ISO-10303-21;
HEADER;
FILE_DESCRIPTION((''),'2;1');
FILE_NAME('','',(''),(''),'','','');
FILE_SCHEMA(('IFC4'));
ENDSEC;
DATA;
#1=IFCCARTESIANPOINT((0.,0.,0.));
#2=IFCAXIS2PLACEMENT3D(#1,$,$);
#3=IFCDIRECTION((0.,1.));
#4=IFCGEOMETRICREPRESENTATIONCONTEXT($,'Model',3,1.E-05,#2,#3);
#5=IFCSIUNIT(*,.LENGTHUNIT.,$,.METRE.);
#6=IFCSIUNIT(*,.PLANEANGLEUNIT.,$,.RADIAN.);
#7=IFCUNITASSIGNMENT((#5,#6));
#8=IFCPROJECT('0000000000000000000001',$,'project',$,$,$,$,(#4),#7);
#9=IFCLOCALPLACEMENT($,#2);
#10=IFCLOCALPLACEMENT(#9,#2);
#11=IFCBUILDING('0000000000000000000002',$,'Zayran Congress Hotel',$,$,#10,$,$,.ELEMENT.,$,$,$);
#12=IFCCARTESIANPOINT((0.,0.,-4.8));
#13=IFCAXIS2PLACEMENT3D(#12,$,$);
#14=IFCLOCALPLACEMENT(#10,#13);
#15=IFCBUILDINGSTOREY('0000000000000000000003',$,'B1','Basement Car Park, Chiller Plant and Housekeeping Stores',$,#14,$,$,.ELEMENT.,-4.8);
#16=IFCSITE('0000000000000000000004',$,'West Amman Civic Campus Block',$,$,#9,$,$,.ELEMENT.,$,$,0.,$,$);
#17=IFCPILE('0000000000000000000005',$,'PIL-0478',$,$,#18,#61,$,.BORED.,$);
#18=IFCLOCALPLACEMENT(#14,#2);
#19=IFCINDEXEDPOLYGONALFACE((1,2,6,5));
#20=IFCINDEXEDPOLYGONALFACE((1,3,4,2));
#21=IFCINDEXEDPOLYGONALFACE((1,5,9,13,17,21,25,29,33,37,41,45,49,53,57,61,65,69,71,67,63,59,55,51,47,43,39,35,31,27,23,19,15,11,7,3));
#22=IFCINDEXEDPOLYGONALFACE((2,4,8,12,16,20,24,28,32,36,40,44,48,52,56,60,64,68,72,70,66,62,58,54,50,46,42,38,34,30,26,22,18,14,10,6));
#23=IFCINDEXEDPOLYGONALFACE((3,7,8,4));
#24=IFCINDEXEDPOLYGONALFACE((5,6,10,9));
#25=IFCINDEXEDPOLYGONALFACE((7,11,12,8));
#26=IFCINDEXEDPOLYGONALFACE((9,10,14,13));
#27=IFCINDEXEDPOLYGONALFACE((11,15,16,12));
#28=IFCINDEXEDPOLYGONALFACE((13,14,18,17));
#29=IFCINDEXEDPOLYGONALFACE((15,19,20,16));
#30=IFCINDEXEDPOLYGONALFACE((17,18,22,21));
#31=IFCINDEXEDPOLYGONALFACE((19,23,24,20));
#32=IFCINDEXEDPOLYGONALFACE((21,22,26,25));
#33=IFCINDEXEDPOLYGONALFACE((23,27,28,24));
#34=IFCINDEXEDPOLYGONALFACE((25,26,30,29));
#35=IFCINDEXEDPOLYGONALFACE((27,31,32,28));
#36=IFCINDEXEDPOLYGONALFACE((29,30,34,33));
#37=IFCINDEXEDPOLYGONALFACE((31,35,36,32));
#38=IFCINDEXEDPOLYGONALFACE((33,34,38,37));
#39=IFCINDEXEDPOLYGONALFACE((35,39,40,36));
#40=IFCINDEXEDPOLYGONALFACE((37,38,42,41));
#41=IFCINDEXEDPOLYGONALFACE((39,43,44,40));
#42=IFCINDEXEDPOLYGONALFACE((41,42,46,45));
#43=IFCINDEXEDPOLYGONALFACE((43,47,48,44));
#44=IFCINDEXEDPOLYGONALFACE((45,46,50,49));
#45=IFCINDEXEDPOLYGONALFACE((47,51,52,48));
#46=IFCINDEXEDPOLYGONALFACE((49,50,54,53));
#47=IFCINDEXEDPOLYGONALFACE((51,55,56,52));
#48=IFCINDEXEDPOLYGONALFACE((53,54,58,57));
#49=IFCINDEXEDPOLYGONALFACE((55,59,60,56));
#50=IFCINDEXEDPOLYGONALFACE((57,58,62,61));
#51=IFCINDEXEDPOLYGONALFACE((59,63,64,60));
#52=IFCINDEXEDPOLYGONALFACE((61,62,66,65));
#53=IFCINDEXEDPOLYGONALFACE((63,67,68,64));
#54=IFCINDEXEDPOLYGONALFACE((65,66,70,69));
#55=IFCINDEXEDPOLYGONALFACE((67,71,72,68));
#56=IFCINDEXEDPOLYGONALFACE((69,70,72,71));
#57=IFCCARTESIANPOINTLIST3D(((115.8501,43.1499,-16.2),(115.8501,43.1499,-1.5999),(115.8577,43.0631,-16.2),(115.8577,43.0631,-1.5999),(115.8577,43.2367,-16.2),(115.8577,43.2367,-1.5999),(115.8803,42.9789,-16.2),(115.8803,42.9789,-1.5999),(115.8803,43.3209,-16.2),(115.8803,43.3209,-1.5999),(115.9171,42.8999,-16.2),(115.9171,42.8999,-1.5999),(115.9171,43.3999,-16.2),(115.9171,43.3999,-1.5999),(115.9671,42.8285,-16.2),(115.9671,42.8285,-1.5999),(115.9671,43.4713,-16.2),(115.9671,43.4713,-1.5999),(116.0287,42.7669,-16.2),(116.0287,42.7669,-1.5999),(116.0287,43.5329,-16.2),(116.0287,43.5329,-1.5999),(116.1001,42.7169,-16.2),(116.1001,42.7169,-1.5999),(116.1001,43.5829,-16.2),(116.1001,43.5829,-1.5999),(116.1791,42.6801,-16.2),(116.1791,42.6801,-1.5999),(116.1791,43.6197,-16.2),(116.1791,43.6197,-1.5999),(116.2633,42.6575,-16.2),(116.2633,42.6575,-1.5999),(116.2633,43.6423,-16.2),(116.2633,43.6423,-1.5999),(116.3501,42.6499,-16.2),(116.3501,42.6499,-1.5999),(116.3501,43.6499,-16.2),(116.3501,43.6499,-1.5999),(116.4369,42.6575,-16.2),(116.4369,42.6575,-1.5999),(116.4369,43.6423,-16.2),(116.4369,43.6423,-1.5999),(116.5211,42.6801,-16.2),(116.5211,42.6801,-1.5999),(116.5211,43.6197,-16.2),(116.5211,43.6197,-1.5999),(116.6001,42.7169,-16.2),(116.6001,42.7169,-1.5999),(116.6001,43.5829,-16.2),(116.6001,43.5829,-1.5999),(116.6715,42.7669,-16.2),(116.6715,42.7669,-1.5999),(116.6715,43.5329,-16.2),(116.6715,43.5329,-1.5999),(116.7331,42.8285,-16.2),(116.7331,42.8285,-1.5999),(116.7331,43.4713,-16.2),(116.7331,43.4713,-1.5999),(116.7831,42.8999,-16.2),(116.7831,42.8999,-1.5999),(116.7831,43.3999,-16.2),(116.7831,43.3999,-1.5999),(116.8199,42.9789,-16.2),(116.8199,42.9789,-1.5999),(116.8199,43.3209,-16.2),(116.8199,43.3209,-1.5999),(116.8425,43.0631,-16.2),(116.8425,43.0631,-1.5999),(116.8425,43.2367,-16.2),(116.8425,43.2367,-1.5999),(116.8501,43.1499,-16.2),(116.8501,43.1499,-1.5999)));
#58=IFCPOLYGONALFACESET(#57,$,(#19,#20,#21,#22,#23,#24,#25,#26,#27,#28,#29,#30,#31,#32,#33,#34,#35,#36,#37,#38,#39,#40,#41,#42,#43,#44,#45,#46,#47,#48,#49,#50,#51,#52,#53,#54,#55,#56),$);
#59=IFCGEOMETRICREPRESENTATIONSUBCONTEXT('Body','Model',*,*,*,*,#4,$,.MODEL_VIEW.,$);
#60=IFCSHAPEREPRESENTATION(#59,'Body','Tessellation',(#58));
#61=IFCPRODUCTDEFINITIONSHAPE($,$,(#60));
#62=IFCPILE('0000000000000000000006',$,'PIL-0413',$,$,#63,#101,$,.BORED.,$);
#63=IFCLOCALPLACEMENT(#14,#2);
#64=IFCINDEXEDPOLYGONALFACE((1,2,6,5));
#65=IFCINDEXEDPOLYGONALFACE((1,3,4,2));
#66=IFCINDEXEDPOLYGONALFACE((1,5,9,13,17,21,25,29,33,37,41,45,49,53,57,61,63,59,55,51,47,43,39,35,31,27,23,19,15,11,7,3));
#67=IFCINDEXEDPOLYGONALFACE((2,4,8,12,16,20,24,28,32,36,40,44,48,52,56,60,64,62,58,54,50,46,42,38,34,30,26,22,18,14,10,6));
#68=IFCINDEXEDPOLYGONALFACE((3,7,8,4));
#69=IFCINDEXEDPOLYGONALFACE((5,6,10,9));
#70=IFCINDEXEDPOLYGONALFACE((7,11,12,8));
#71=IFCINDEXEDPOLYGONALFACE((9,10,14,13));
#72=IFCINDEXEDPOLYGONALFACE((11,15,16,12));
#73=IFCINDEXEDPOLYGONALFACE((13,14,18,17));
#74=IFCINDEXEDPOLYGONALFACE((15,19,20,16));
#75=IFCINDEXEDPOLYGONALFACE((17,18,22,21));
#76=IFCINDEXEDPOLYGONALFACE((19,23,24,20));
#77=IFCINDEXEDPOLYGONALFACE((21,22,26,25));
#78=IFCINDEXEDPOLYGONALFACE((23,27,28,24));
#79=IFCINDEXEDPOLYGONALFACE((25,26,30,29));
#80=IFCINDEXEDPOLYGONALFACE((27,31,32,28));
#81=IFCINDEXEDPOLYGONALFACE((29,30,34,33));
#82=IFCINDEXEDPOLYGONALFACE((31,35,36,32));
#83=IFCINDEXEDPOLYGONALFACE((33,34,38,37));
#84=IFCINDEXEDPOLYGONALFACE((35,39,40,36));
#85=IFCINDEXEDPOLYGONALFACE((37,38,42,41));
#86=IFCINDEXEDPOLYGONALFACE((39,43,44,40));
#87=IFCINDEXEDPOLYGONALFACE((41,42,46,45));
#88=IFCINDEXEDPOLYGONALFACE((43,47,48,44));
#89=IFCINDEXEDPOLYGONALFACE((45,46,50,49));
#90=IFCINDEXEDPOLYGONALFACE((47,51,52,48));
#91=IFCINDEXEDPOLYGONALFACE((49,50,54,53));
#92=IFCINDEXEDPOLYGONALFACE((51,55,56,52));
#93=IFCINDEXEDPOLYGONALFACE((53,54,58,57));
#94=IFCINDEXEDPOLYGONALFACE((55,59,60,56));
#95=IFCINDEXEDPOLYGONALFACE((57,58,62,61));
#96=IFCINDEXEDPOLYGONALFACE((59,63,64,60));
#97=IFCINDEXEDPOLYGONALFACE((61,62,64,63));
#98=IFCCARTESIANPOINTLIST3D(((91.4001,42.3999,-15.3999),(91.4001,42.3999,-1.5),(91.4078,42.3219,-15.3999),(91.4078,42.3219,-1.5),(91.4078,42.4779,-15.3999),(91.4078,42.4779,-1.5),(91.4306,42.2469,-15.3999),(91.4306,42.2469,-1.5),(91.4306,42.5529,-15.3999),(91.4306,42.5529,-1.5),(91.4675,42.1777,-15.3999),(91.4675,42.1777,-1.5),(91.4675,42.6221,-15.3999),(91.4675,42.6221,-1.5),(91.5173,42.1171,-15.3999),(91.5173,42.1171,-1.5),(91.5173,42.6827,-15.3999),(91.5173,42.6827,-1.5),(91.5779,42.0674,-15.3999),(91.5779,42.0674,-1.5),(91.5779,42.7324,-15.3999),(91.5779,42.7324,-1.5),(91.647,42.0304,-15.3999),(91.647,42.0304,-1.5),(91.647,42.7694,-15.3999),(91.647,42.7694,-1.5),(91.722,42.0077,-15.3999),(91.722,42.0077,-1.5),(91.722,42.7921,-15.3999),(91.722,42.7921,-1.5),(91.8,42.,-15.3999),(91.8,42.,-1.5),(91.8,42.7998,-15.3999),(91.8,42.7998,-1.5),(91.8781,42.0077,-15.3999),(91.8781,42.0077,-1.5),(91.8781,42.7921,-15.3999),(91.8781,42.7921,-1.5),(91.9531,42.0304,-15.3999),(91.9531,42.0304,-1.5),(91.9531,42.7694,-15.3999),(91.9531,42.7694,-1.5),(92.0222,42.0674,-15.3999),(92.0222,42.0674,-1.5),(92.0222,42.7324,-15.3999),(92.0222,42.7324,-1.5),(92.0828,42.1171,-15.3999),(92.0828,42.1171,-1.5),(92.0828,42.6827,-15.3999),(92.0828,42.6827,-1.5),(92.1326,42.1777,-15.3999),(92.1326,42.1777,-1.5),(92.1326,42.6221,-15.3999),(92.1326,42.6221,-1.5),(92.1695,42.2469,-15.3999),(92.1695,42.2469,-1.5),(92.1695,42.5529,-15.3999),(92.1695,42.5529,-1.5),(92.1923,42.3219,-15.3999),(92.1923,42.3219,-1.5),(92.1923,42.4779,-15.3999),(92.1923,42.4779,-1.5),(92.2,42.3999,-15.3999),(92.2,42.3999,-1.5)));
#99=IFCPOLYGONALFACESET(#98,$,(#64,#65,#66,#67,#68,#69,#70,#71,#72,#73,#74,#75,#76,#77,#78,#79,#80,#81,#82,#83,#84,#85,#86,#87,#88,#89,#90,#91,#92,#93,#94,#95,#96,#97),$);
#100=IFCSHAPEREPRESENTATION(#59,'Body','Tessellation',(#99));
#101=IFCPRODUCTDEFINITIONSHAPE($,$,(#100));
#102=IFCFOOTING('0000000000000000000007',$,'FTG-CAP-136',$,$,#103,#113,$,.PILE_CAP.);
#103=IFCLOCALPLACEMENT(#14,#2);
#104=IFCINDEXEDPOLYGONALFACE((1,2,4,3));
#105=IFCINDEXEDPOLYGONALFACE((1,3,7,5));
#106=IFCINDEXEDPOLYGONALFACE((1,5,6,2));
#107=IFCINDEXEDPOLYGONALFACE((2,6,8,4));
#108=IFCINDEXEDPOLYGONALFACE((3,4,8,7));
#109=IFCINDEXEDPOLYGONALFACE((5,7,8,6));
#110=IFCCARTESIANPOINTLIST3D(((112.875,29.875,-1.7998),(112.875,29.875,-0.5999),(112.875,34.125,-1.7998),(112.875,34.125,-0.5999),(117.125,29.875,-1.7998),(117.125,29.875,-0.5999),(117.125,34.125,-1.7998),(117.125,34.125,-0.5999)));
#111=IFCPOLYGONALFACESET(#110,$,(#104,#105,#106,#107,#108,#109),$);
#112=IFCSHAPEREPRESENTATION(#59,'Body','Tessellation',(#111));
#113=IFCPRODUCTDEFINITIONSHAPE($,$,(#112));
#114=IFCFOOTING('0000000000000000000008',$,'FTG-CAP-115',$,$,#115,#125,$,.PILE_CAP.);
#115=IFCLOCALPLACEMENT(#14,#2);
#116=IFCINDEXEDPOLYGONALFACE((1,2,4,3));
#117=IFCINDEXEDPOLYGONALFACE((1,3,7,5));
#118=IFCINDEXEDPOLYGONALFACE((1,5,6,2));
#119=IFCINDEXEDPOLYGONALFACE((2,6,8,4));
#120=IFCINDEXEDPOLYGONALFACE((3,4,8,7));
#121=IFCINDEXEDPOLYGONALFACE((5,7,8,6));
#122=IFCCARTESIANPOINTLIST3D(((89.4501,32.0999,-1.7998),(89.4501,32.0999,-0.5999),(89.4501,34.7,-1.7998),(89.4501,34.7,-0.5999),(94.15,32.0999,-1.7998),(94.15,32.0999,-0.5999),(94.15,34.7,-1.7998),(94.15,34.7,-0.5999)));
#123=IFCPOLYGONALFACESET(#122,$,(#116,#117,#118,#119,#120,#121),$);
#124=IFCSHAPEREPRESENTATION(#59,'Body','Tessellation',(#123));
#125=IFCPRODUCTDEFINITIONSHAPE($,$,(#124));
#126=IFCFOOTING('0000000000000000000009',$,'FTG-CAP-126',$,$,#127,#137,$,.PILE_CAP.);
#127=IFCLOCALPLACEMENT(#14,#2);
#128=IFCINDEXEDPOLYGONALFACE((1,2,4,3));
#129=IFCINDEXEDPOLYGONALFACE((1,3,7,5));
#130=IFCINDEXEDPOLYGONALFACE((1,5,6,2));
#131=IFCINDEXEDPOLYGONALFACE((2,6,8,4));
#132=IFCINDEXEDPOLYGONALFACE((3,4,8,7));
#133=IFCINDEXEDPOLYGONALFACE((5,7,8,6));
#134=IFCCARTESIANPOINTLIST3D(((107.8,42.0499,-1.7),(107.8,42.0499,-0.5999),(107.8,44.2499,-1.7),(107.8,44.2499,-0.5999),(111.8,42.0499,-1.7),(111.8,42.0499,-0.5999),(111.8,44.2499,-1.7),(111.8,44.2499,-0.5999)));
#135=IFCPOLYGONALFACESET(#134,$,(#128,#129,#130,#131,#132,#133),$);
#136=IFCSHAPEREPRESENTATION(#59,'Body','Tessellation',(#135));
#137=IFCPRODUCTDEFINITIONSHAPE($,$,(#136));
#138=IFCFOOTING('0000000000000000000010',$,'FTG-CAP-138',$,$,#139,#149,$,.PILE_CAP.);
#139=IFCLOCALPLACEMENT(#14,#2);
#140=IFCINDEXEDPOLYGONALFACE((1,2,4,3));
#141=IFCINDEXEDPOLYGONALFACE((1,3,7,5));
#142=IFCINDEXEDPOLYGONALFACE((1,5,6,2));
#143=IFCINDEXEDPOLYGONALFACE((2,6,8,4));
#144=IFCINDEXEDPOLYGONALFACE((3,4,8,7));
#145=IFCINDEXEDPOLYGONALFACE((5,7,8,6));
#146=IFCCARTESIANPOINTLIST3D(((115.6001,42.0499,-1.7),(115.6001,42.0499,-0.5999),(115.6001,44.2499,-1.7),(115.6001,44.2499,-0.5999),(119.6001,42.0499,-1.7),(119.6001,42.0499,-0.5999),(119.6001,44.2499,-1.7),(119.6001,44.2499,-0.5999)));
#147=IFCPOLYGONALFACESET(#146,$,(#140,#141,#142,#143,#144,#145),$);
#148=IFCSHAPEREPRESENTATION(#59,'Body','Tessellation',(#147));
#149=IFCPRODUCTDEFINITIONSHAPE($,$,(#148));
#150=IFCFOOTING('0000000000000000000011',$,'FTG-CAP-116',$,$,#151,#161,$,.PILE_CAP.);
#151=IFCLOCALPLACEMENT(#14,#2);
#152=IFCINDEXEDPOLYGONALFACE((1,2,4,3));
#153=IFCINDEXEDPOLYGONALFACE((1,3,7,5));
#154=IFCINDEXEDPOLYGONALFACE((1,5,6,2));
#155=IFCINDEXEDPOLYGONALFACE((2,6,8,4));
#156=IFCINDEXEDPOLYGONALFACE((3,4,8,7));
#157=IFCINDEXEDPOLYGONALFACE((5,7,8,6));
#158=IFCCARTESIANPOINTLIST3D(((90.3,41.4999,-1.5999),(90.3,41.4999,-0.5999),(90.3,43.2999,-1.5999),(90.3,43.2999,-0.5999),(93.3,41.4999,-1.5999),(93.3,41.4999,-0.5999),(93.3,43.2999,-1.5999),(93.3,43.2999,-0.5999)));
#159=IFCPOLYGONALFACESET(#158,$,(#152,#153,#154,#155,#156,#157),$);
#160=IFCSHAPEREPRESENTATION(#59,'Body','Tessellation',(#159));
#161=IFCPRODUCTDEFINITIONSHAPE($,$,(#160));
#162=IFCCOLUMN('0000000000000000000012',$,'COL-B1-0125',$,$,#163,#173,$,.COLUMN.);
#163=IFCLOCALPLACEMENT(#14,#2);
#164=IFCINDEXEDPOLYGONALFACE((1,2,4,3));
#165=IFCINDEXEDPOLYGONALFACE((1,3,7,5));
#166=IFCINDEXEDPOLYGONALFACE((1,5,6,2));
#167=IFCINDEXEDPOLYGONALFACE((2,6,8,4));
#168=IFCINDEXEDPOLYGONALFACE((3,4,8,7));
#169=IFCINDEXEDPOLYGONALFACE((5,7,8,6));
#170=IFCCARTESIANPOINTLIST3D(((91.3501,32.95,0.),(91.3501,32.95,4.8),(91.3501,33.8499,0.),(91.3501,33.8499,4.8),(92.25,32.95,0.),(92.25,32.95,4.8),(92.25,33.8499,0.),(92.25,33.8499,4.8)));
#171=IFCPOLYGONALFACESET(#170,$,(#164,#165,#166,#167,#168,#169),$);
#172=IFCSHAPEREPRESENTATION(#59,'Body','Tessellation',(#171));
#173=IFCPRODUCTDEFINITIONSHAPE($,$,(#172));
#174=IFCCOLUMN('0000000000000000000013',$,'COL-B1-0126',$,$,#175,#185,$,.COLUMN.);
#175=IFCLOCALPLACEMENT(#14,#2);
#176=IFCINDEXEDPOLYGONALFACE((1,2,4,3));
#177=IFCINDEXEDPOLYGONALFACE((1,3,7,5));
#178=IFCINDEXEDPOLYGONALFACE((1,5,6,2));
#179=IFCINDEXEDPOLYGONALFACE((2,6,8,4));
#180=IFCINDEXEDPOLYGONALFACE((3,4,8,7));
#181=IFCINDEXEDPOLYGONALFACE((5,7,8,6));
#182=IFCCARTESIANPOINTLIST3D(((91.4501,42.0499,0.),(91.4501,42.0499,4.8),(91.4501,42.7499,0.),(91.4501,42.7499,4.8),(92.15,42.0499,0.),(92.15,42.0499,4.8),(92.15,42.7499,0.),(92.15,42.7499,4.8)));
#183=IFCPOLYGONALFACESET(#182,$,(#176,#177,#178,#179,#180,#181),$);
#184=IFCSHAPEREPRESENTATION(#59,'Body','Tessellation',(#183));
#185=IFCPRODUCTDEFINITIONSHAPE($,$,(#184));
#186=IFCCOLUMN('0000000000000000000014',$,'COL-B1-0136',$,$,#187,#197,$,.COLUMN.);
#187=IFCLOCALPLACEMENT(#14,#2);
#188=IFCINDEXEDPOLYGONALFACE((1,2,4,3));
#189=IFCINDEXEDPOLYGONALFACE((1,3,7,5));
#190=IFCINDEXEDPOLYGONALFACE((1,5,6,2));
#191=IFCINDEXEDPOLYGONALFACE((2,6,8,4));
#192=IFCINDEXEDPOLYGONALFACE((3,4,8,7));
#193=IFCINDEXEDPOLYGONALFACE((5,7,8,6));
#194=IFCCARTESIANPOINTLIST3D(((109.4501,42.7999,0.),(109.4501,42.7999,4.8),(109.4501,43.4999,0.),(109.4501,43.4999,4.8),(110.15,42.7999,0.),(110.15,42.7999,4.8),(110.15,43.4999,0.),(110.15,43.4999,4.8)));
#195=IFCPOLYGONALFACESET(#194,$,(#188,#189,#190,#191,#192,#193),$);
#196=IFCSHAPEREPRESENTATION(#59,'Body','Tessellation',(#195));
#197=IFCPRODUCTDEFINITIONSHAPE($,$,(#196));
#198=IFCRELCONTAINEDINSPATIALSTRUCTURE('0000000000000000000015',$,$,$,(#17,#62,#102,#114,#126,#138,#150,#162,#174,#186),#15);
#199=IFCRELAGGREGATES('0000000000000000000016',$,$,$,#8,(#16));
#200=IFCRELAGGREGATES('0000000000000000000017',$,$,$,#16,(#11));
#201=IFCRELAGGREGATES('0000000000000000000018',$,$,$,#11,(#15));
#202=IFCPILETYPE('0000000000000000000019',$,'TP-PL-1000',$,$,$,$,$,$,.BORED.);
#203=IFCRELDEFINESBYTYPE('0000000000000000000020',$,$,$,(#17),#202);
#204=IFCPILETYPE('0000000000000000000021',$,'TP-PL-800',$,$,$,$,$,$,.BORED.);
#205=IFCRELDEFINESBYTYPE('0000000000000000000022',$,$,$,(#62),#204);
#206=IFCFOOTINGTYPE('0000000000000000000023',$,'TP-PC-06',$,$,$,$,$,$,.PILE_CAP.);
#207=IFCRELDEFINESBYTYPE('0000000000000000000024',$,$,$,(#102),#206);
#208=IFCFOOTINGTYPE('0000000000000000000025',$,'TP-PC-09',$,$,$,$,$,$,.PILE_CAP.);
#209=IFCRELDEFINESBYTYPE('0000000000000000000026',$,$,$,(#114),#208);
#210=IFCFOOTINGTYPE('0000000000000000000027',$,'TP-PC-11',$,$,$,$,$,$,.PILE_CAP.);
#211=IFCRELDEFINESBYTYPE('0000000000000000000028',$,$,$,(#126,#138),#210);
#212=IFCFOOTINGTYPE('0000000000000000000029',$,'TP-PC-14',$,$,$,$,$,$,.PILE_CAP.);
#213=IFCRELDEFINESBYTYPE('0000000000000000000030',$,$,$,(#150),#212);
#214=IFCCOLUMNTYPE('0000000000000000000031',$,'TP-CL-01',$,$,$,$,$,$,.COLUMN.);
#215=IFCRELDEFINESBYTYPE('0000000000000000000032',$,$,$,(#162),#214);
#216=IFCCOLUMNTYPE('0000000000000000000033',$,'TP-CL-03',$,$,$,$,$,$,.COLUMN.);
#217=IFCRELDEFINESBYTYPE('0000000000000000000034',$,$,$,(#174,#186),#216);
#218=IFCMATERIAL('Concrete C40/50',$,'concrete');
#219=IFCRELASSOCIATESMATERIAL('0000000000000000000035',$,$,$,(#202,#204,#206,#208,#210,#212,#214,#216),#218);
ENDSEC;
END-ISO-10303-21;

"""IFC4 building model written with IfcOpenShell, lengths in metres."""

from ifc_helpers import new_model, si_unit, direction, frame, origin, origin_2d, place, context, subcontext, project, spatial, rectangle, circle, extrude, material, material_profile, profile_set, type_object, element, save


model = new_model("IFC4")

# Units and contexts
model_context = context("Model", 3, precision=1e-05, world=origin(), true_north=direction((0.0, 1.0)))
body_context = subcontext(model_context, "Body", "Model", "MODEL_VIEW")
ifc_project = project(units=[si_unit("LENGTHUNIT", "METRE"), si_unit("PLANEANGLEUNIT", "RADIAN")], contexts=[model_context])

# Site, building, storey
site_placement = place(None, origin())
site = spatial("IfcSite", under=ifc_project, at=site_placement, Name="West Amman Civic Campus Block", CompositionType="ELEMENT", RefElevation=0.0)
building_placement = place(site_placement, origin())
building = spatial("IfcBuilding", under=site, at=building_placement, Name="Zayran Congress Hotel", CompositionType="ELEMENT")
storey_placement = place(building_placement, frame((0.0, 0.0, -4.8)))
storey = spatial("IfcBuildingStorey", under=building, at=storey_placement, Name="B1", Description="Basement Car Park, Chiller Plant and Housekeeping Stores", CompositionType="ELEMENT", Elevation=-4.8)

# Piles
ifc_material_1 = material(Name="Concrete C40/50", Category="concrete")
ifc_material_profile_1 = material_profile(ifc_material_1, circle(Radius=0.5, at=origin_2d()), Name="PILE D1000")
ifc_profile_set_1 = profile_set([ifc_material_profile_1], Name="Concrete C40/50")
pile_type_1 = type_object("IfcPileType", Name="TP-PL-1000", PredefinedType="BORED", material=ifc_profile_set_1)
pile_1_placement = place(storey_placement, frame((116.3501, 43.1499, -1.5999), z_axis=(0.0, 0.0, -1.0), x_axis=(1.0, 0.0, 0.0)))
element("IfcPile", 1, at=pile_1_placement, inside=storey, type_object=pile_type_1, Name="PIL-0478", PredefinedType="BORED", context=body_context, shape_type="SweptSolid", body=[
    extrude(circle(Radius=0.5, at=origin_2d()), origin(), (0.0, 0.0, 1.0), 14.6001),
])
ifc_material_profile_2 = material_profile(ifc_material_1, circle(Radius=0.3999, at=origin_2d()), Name="PILE D800")
ifc_profile_set_2 = profile_set([ifc_material_profile_2], Name="Concrete C40/50")
pile_type_2 = type_object("IfcPileType", Name="TP-PL-800", PredefinedType="BORED", material=ifc_profile_set_2)
pile_2_placement = place(storey_placement, frame((91.8, 42.3999, -1.5), z_axis=(0.0, 0.0, -1.0), x_axis=(1.0, 0.0, 0.0)))
element("IfcPile", 2, at=pile_2_placement, inside=storey, type_object=pile_type_2, Name="PIL-0413", PredefinedType="BORED", context=body_context, shape_type="SweptSolid", body=[
    extrude(circle(Radius=0.3999, at=origin_2d()), origin(), (0.0, 0.0, 1.0), 13.8999),
])

# Footings
footing_type_1 = type_object("IfcFootingType", Name="TP-PC-06", PredefinedType="PILE_CAP", material=ifc_material_1)
footing_1_placement = place(storey_placement, frame((115.0, 32.0, -1.7998), z_axis=(0.0, 0.0, 1.0), x_axis=(1.0, 0.0, 0.0)))
element("IfcFooting", 3, at=footing_1_placement, inside=storey, type_object=footing_type_1, Name="FTG-CAP-136", PredefinedType="PILE_CAP", context=body_context, shape_type="SweptSolid", body=[
    extrude(rectangle(XDim=4.25, YDim=4.25, at=origin_2d()), origin(), (0.0, 0.0, 1.0), 1.2),
])
footing_type_2 = type_object("IfcFootingType", Name="TP-PC-09", PredefinedType="PILE_CAP", material=ifc_material_1)
footing_2_placement = place(storey_placement, frame((91.8, 33.3999, -1.7998), z_axis=(0.0, 0.0, 1.0), x_axis=(1.0, 0.0, 0.0)))
element("IfcFooting", 4, at=footing_2_placement, inside=storey, type_object=footing_type_2, Name="FTG-CAP-115", PredefinedType="PILE_CAP", context=body_context, shape_type="SweptSolid", body=[
    extrude(rectangle(XDim=4.7, YDim=2.6001, at=origin_2d()), origin(), (0.0, 0.0, 1.0), 1.2),
])
footing_type_3 = type_object("IfcFootingType", Name="TP-PC-11", PredefinedType="PILE_CAP", material=ifc_material_1)
for number, where, z_axis, x_axis, name in (
    (5, (109.8, 43.1499, -1.7), (0.0, 0.0, 1.0), (1.0, 0.0, 0.0), "FTG-CAP-126"),
    (6, (117.6001, 43.1499, -1.7), (0.0, 0.0, 1.0), (1.0, 0.0, 0.0), "FTG-CAP-138"),
):
    element("IfcFooting", number, at=place(storey_placement, frame(where, z_axis=z_axis, x_axis=x_axis)), inside=storey, type_object=footing_type_3, Name=name, PredefinedType="PILE_CAP", context=body_context, shape_type="SweptSolid", body=[
        extrude(rectangle(XDim=4.0, YDim=2.2, at=origin_2d()), origin(), (0.0, 0.0, 1.0), 1.1001),
    ])
footing_type_4 = type_object("IfcFootingType", Name="TP-PC-14", PredefinedType="PILE_CAP", material=ifc_material_1)
footing_3_placement = place(storey_placement, frame((91.8, 42.3999, -1.5999), z_axis=(0.0, 0.0, 1.0), x_axis=(1.0, 0.0, 0.0)))
element("IfcFooting", 7, at=footing_3_placement, inside=storey, type_object=footing_type_4, Name="FTG-CAP-116", PredefinedType="PILE_CAP", context=body_context, shape_type="SweptSolid", body=[
    extrude(rectangle(XDim=3.0, YDim=1.8, at=origin_2d()), origin(), (0.0, 0.0, 1.0), 1.0),
])

# Columns
ifc_material_profile_3 = material_profile(ifc_material_1, rectangle(XDim=0.8999, YDim=0.8999, at=origin_2d()), Name="RC 900x900")
ifc_profile_set_3 = profile_set([ifc_material_profile_3], Name="Concrete C40/50")
column_type_1 = type_object("IfcColumnType", Name="TP-CL-01", PredefinedType="COLUMN", material=ifc_profile_set_3)
column_placement = place(storey_placement, frame((91.8, 33.3999, 0.0), z_axis=(0.0, 0.0, 1.0), x_axis=(1.0, 0.0, 0.0)))
element("IfcColumn", 8, at=column_placement, inside=storey, type_object=column_type_1, Name="COL-B1-0125", PredefinedType="COLUMN", context=body_context, shape_type="SweptSolid", body=[
    extrude(rectangle(XDim=0.8999, YDim=0.8999, at=origin_2d()), origin(), (0.0, 0.0, 1.0), 4.8),
])
ifc_material_profile_4 = material_profile(ifc_material_1, rectangle(XDim=0.7, YDim=0.7, at=origin_2d()), Name="RC 700x700")
ifc_profile_set_4 = profile_set([ifc_material_profile_4], Name="Concrete C40/50")
column_type_2 = type_object("IfcColumnType", Name="TP-CL-03", PredefinedType="COLUMN", material=ifc_profile_set_4)
for number, where, z_axis, x_axis, name in (
    (9, (91.8, 42.3999, 0.0), (0.0, 0.0, 1.0), (1.0, 0.0, 0.0), "COL-B1-0126"),
    (10, (109.8, 43.1499, 0.0), (0.0, 0.0, 1.0), (1.0, 0.0, 0.0), "COL-B1-0136"),
):
    element("IfcColumn", number, at=place(storey_placement, frame(where, z_axis=z_axis, x_axis=x_axis)), inside=storey, type_object=column_type_2, Name=name, PredefinedType="COLUMN", context=body_context, shape_type="SweptSolid", body=[
        extrude(rectangle(XDim=0.7, YDim=0.7, at=origin_2d()), origin(), (0.0, 0.0, 1.0), 4.8),
    ])

save(model, "model.ifc")
